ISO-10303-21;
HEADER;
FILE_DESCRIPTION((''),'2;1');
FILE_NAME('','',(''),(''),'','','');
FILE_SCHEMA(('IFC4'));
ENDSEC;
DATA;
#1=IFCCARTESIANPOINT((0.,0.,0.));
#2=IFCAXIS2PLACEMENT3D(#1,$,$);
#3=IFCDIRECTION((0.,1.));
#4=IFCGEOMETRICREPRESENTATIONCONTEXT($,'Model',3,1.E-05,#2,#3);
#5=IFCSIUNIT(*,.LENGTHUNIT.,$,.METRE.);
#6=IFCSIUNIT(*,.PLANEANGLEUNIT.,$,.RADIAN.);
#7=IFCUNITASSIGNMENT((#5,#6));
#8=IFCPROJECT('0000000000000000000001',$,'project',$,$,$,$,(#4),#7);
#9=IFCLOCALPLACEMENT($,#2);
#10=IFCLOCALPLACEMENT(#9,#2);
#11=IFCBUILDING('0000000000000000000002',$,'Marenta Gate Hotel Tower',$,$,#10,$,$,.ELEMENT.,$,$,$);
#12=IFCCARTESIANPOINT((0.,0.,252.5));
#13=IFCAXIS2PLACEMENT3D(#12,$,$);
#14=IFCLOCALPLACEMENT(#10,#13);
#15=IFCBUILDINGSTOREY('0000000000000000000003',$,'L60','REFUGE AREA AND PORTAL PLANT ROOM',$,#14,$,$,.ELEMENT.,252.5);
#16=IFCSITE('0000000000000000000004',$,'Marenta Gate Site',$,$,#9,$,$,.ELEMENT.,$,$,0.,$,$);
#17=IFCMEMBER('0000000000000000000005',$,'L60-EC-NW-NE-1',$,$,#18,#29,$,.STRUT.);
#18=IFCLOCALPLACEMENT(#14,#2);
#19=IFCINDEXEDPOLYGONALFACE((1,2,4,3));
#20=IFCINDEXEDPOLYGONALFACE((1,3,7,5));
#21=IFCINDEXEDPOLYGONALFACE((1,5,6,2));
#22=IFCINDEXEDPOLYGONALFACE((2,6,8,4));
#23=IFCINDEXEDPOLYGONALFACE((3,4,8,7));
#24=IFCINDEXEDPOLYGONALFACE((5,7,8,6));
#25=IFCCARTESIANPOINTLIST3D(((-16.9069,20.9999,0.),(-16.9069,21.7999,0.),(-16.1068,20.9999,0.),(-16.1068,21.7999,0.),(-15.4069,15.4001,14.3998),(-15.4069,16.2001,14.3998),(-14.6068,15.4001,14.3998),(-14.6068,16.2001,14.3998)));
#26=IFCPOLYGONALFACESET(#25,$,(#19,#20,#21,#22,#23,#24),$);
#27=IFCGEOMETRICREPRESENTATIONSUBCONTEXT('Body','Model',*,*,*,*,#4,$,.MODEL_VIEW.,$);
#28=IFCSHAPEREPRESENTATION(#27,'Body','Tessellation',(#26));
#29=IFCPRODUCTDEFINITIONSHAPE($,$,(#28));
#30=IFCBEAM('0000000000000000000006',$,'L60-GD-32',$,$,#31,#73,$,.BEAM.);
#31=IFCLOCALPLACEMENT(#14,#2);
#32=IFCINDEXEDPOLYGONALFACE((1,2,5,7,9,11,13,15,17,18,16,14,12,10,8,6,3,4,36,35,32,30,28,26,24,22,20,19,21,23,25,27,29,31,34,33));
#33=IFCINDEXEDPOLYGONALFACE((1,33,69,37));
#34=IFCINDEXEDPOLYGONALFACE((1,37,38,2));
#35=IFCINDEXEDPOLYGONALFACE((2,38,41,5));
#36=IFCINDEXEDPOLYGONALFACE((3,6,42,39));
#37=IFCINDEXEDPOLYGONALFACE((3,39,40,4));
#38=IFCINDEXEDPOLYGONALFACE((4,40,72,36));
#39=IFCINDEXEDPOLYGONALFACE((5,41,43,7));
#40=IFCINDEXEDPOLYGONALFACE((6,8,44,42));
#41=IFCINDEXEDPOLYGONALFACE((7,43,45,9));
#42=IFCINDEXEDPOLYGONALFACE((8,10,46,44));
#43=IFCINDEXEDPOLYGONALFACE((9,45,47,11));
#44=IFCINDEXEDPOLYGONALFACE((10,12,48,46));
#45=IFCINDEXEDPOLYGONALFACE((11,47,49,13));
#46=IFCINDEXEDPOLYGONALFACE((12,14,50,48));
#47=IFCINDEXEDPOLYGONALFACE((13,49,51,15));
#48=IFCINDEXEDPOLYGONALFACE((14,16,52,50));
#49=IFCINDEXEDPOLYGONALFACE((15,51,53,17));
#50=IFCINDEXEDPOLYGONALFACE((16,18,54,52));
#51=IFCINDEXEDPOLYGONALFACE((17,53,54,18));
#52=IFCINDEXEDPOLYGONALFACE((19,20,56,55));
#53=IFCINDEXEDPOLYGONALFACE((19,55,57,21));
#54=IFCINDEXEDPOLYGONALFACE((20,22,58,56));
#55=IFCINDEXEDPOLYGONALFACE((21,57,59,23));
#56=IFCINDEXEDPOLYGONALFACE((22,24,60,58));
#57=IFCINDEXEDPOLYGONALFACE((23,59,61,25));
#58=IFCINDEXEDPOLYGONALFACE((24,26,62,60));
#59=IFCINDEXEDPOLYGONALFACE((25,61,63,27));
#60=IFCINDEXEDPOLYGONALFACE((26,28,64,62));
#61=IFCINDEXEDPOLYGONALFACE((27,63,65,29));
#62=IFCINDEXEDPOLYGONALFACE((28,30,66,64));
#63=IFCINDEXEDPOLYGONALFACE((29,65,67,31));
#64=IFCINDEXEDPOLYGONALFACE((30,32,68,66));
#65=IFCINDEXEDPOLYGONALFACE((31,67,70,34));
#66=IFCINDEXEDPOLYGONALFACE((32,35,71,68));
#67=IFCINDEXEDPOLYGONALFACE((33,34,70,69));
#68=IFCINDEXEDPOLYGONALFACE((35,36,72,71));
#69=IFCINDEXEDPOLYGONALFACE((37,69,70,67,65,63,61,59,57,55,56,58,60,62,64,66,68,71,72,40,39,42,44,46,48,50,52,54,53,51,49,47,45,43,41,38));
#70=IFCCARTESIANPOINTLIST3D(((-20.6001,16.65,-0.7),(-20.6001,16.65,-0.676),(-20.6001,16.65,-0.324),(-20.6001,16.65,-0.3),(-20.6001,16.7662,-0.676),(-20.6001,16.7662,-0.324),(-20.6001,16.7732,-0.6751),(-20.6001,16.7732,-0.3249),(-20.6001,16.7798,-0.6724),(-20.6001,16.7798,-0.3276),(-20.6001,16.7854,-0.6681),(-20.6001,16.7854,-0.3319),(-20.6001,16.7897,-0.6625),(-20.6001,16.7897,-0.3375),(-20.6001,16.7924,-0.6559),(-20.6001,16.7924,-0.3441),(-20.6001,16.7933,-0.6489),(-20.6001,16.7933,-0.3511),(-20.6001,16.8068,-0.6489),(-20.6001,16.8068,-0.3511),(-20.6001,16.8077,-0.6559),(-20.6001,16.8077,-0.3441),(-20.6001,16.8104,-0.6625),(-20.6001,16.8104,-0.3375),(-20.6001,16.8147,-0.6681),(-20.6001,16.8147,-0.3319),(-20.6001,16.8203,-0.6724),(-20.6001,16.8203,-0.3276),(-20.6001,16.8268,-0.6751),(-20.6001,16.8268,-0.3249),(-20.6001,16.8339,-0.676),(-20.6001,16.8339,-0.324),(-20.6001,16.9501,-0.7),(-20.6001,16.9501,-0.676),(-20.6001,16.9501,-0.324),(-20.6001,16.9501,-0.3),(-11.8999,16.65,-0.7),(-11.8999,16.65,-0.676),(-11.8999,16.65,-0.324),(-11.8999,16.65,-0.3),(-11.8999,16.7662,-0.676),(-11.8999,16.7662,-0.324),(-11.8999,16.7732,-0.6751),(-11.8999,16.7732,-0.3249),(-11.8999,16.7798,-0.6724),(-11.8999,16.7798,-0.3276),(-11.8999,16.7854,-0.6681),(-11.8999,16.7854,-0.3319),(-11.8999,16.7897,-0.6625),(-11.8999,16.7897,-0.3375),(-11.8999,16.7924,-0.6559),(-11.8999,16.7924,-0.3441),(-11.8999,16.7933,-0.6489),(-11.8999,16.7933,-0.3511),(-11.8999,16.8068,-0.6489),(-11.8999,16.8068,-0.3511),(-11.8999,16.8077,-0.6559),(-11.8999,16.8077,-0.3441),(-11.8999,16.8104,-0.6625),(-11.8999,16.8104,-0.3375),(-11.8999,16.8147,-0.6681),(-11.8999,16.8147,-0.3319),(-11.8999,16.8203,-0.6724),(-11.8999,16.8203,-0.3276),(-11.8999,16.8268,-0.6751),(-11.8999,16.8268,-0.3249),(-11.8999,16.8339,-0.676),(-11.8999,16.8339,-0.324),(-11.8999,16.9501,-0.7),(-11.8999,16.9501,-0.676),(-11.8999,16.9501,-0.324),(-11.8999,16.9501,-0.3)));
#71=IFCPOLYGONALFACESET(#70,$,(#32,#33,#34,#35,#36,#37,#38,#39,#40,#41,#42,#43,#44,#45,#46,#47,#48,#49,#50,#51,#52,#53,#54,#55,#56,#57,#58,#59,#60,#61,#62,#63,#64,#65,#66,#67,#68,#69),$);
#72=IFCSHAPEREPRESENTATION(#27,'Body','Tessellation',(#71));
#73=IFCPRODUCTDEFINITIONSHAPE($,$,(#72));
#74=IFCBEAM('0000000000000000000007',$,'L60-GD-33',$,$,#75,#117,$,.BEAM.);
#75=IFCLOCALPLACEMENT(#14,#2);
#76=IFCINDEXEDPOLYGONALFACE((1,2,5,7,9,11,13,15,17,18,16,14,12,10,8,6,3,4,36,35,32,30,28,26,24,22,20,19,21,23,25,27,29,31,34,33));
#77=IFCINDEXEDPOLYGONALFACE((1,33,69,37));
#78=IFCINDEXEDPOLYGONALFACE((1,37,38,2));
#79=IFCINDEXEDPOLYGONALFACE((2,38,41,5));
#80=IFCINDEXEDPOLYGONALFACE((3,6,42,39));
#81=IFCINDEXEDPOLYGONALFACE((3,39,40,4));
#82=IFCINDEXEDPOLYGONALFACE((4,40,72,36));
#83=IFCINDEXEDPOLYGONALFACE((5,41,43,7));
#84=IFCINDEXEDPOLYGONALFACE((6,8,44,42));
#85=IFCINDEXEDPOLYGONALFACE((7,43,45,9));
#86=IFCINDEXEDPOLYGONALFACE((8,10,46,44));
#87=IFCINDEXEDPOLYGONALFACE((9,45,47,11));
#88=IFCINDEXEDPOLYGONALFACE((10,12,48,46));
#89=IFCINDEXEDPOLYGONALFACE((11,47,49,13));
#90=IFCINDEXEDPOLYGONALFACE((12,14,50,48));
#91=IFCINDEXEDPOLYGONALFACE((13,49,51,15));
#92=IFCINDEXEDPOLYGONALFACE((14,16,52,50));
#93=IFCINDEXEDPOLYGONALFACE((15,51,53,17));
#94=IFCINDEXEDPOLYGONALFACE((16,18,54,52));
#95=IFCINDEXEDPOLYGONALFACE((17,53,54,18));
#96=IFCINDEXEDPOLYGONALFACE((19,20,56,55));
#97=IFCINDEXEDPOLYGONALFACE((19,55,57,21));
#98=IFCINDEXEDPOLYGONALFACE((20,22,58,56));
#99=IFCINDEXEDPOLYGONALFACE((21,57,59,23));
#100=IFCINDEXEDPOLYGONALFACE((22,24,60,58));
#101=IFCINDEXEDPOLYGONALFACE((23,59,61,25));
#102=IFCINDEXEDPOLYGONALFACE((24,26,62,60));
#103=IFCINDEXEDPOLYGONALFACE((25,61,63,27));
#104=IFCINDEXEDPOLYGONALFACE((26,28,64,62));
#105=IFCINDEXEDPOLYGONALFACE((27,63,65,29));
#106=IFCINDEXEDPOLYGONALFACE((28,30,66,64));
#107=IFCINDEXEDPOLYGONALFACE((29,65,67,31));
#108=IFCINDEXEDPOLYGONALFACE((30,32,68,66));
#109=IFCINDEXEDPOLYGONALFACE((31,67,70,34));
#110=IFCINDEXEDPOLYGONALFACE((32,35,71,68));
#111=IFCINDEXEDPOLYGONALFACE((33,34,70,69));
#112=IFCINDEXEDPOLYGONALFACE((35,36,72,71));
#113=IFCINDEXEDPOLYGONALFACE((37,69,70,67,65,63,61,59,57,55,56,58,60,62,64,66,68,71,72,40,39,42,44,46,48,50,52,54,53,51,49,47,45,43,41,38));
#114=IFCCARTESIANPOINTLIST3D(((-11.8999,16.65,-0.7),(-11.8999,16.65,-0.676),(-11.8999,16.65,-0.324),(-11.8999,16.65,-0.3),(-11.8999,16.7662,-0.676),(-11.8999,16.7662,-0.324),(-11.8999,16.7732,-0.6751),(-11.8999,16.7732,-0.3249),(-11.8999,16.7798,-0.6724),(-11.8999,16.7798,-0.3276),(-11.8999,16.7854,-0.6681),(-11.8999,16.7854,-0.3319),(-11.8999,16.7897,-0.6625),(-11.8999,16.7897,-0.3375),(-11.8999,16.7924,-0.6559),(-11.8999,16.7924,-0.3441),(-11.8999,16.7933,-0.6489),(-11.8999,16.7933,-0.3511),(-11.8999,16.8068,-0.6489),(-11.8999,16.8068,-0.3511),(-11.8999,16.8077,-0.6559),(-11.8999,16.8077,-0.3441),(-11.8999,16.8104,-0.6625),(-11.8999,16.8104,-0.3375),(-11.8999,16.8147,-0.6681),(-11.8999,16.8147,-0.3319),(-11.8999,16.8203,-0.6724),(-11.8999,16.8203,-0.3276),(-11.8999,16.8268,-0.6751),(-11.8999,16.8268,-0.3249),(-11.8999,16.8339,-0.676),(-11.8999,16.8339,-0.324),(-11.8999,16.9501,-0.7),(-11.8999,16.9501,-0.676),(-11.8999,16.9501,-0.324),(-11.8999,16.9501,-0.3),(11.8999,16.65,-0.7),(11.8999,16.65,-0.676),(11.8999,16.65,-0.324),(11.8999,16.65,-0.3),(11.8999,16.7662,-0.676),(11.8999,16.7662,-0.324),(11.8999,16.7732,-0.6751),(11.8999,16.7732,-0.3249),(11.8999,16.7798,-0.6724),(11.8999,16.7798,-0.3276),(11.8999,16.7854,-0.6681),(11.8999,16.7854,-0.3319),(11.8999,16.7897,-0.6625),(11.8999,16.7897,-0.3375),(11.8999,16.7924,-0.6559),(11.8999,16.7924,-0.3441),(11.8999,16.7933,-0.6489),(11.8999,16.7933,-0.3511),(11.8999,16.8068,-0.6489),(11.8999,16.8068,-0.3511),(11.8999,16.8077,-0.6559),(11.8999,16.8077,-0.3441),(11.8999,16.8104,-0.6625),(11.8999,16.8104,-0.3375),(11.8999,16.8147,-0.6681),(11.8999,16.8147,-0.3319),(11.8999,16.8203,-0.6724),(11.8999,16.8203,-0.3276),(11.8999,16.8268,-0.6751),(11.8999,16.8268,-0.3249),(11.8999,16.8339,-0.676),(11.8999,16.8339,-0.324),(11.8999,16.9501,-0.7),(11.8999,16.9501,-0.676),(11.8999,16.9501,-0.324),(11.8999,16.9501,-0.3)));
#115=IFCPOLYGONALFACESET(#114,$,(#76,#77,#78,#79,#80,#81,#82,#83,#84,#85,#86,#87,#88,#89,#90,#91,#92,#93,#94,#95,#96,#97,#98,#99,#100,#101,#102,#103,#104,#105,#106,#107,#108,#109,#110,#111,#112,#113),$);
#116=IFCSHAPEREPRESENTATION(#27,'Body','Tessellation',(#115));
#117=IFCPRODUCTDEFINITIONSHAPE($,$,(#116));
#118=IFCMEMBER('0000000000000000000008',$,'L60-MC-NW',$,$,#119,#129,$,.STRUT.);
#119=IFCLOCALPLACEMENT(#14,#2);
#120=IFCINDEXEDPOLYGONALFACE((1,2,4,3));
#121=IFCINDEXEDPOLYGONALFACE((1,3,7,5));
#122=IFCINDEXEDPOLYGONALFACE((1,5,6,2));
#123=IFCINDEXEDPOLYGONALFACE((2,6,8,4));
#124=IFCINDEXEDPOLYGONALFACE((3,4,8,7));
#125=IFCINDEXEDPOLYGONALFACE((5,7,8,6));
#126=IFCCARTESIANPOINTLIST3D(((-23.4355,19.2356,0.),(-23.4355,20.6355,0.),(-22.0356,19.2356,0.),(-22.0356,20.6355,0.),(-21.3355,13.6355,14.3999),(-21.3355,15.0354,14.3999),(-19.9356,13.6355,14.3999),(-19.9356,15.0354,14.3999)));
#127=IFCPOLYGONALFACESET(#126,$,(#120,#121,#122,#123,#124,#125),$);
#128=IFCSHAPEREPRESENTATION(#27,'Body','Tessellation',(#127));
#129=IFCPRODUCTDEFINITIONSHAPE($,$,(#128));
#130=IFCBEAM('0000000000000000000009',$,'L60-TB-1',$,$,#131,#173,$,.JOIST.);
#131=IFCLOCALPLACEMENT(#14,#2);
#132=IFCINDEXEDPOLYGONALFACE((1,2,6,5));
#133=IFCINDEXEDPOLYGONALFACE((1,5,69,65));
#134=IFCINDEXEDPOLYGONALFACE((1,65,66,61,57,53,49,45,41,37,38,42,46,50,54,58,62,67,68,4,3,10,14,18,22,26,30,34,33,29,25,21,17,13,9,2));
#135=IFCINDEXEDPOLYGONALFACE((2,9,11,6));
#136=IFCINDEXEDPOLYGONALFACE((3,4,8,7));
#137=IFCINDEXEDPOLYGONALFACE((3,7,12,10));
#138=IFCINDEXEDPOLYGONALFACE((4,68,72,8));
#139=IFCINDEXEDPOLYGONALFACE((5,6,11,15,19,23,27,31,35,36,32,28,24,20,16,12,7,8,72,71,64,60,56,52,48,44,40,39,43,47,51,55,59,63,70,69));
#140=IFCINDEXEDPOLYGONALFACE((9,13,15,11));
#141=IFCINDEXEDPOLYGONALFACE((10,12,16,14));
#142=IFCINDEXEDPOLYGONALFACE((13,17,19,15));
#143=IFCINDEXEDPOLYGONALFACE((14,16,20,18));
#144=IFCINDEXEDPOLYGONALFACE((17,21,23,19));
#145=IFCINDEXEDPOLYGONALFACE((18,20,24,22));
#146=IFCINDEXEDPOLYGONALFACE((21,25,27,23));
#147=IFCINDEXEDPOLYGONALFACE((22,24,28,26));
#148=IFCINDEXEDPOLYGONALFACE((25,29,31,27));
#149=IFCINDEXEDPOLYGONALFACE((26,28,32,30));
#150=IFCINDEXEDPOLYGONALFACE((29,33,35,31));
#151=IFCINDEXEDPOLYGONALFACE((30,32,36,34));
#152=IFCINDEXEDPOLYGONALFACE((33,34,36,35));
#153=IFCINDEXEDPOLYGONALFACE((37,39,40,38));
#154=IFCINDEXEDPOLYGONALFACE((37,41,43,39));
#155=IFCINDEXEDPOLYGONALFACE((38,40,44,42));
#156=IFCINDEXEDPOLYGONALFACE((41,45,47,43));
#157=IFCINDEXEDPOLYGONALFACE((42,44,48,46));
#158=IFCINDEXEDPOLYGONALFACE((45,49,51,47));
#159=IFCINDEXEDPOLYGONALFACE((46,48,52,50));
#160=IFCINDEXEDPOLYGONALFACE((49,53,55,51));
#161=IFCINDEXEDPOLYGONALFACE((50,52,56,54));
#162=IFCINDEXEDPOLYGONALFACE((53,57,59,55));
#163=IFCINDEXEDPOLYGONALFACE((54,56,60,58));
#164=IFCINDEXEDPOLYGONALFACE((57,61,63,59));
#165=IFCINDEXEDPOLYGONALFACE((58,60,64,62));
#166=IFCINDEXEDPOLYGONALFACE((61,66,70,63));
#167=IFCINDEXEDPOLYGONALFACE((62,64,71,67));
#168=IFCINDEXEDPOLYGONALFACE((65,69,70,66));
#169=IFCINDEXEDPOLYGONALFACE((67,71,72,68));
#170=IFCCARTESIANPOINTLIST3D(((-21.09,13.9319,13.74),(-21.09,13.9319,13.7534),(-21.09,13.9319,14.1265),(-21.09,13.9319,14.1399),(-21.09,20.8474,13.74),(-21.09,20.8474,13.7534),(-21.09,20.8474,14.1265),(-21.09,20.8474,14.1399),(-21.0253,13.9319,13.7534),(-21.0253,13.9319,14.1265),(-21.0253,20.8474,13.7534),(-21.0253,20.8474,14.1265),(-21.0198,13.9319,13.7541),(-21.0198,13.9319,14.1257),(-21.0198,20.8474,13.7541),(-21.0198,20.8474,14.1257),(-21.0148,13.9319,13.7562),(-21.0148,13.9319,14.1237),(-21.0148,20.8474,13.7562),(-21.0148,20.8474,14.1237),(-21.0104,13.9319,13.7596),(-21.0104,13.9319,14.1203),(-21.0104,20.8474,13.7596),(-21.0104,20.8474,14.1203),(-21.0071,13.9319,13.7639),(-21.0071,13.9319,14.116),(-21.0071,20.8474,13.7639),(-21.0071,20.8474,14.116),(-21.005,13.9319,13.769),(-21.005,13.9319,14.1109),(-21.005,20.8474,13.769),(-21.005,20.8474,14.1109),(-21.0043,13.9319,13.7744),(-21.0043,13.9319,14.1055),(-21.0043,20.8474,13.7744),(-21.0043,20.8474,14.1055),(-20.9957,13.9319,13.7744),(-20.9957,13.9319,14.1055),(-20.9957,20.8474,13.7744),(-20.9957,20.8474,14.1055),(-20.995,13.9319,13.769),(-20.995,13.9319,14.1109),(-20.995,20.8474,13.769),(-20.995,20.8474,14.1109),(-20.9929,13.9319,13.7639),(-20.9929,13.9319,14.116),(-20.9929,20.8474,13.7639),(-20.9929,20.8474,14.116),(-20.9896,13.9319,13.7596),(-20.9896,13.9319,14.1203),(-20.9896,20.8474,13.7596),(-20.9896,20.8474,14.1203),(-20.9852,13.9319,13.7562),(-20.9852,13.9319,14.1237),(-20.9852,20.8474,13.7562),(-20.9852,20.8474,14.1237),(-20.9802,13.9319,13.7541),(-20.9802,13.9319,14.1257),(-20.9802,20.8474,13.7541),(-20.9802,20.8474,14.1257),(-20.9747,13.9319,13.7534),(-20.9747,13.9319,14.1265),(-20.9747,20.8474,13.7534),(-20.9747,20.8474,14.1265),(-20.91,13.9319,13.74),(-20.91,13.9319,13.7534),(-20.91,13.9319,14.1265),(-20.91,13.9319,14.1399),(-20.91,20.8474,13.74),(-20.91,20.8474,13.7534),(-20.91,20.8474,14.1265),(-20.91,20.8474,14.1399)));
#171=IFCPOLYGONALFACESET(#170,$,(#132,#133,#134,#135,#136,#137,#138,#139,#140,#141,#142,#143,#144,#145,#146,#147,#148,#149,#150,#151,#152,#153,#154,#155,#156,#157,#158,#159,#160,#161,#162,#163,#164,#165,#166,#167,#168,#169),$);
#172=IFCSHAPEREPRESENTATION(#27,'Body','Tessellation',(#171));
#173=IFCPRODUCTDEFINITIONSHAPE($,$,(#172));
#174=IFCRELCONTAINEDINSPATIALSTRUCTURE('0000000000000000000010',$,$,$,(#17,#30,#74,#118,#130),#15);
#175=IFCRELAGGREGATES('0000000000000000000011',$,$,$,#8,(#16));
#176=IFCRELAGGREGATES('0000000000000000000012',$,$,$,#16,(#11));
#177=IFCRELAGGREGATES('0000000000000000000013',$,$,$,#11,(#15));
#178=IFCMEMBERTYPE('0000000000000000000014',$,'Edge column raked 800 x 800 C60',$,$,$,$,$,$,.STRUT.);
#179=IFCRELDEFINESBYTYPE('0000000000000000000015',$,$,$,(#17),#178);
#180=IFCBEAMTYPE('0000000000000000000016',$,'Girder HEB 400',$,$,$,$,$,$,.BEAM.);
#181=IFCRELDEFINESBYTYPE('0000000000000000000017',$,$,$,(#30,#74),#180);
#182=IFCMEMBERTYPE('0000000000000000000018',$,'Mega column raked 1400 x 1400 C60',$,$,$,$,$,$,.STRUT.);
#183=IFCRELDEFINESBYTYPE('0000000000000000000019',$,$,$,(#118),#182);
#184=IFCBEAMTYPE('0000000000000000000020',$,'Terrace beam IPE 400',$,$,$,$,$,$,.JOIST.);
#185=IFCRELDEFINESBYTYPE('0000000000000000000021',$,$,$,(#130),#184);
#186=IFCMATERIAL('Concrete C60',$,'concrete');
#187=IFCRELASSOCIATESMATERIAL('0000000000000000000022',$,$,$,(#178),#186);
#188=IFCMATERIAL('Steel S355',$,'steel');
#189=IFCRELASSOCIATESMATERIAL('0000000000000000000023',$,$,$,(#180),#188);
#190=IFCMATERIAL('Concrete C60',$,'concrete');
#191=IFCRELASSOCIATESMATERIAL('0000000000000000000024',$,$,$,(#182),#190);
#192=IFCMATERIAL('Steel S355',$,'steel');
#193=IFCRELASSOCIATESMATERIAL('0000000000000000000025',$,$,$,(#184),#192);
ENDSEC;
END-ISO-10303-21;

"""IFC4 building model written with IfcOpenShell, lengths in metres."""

from ifc_helpers import new_model, si_unit, direction, frame, origin, origin_2d, place, context, subcontext, project, spatial, rectangle, i_section, extrude, material, material_profile, profile_set, type_object, element, save


model = new_model("IFC4")

# Units and contexts
model_context = context("Model", 3, precision=1e-05, world=origin(), true_north=direction((0.0, 1.0)))
body_context = subcontext(model_context, "Body", "Model", "MODEL_VIEW")
ifc_project = project(units=[si_unit("LENGTHUNIT", "METRE"), si_unit("PLANEANGLEUNIT", "RADIAN")], contexts=[model_context])

# Site, building, storey
site_placement = place(None, origin())
site = spatial("IfcSite", under=ifc_project, at=site_placement, Name="Marenta Gate Site", CompositionType="ELEMENT", RefElevation=0.0)
building_placement = place(site_placement, origin())
building = spatial("IfcBuilding", under=site, at=building_placement, Name="Marenta Gate Hotel Tower", CompositionType="ELEMENT")
storey_placement = place(building_placement, frame((0.0, 0.0, 252.5)))
storey = spatial("IfcBuildingStorey", under=building, at=storey_placement, Name="L60", Description="REFUGE AREA AND PORTAL PLANT ROOM", CompositionType="ELEMENT", Elevation=252.5)

# Member
ifc_material_1 = material(Name="Concrete C60", Category="concrete")
ifc_material_profile_1 = material_profile(ifc_material_1, rectangle(XDim=0.8, YDim=0.8, at=origin_2d()), Name="800 x 800")
ifc_profile_set_1 = profile_set([ifc_material_profile_1], Name="Concrete C60")
member_type_1 = type_object("IfcMemberType", Name="Edge column raked 800 x 800 C60", PredefinedType="STRUT", material=ifc_profile_set_1)
member_1_placement = place(storey_placement, frame((-16.5068, 21.3999, 0.0), z_axis=(0.0, 0.0, 1.0), x_axis=(1.0, 0.0, 0.0)))
element("IfcMember", 1, at=member_1_placement, inside=storey, type_object=member_type_1, Name="L60-EC-NW-NE-1", PredefinedType="STRUT", context=body_context, shape_type="SweptSolid", body=[
    extrude(rectangle(XDim=0.8, YDim=0.8, at=origin_2d()), origin(), (0.09663, -0.360744, 0.927646), 15.5229),
])

# Beams
ifc_material_2 = material(Name="Steel S355", Category="steel")
ifc_material_profile_2 = material_profile(ifc_material_2, i_section(OverallWidth=0.3, OverallDepth=0.3999, WebThickness=0.0134, FlangeThickness=0.0239, FilletRadius=0.0271, at=origin_2d()), Name="HEB 400")
ifc_profile_set_2 = profile_set([ifc_material_profile_2], Name="Steel S355")
beam_type_1 = type_object("IfcBeamType", Name="Girder HEB 400", PredefinedType="BEAM", material=ifc_profile_set_2)
beam_1_placement = place(storey_placement, frame((-20.6001, 16.8, -0.5), z_axis=(1.0, 0.0, 0.0), x_axis=(0.0, 1.0, 0.0)))
element("IfcBeam", 2, at=beam_1_placement, inside=storey, type_object=beam_type_1, Name="L60-GD-32", PredefinedType="BEAM", context=body_context, shape_type="SweptSolid", body=[
    extrude(i_section(OverallWidth=0.3, OverallDepth=0.3999, WebThickness=0.0134, FlangeThickness=0.0239, FilletRadius=0.0271, at=origin_2d()), origin(), (0.0, 0.0, 1.0), 8.7002),
])
beam_2_placement = place(storey_placement, frame((-11.8999, 16.8, -0.5), z_axis=(1.0, 0.0, 0.0), x_axis=(0.0, 1.0, 0.0)))
element("IfcBeam", 3, at=beam_2_placement, inside=storey, type_object=beam_type_1, Name="L60-GD-33", PredefinedType="BEAM", context=body_context, shape_type="SweptSolid", body=[
    extrude(i_section(OverallWidth=0.3, OverallDepth=0.3999, WebThickness=0.0134, FlangeThickness=0.0239, FilletRadius=0.0271, at=origin_2d()), origin(), (0.0, 0.0, 1.0), 23.7998),
])

# Member
ifc_material_3 = material(Name="Concrete C60", Category="concrete")
ifc_material_profile_3 = material_profile(ifc_material_3, rectangle(XDim=1.3999, YDim=1.3999, at=origin_2d()), Name="1400 x 1400")
ifc_profile_set_3 = profile_set([ifc_material_profile_3], Name="Concrete C60")
member_type_2 = type_object("IfcMemberType", Name="Mega column raked 1400 x 1400 C60", PredefinedType="STRUT", material=ifc_profile_set_3)
member_2_placement = place(storey_placement, frame((-22.7356, 19.9355, 0.0), z_axis=(0.0, 0.0, 1.0), x_axis=(1.0, 0.0, 0.0)))
element("IfcMember", 4, at=member_2_placement, inside=storey, type_object=member_type_2, Name="L60-MC-NW", PredefinedType="STRUT", context=body_context, shape_type="SweptSolid", body=[
    extrude(rectangle(XDim=1.3999, YDim=1.3999, at=origin_2d()), origin(), (0.134686, -0.359151, 0.92351), 15.5925),
])

# Beam
ifc_material_4 = material(Name="Steel S355", Category="steel")
ifc_material_profile_4 = material_profile(ifc_material_4, i_section(OverallWidth=0.1799, OverallDepth=0.3999, WebThickness=0.0085, FlangeThickness=0.0134, FilletRadius=0.021, at=origin_2d()), Name="IPE 400")
ifc_profile_set_4 = profile_set([ifc_material_profile_4], Name="Steel S355")
beam_type_2 = type_object("IfcBeamType", Name="Terrace beam IPE 400", PredefinedType="JOIST", material=ifc_profile_set_4)
beam_3_placement = place(storey_placement, frame((-21.0, 13.9319, 13.9399), z_axis=(0.0, 1.0, 0.0), x_axis=(-1.0, 0.0, 0.0)))
element("IfcBeam", 5, at=beam_3_placement, inside=storey, type_object=beam_type_2, Name="L60-TB-1", PredefinedType="JOIST", context=body_context, shape_type="SweptSolid", body=[
    extrude(i_section(OverallWidth=0.1799, OverallDepth=0.3999, WebThickness=0.0085, FlangeThickness=0.0134, FilletRadius=0.021, at=origin_2d()), origin(), (0.0, 0.0, 1.0), 6.9155),
])

save(model, "model.ifc")
